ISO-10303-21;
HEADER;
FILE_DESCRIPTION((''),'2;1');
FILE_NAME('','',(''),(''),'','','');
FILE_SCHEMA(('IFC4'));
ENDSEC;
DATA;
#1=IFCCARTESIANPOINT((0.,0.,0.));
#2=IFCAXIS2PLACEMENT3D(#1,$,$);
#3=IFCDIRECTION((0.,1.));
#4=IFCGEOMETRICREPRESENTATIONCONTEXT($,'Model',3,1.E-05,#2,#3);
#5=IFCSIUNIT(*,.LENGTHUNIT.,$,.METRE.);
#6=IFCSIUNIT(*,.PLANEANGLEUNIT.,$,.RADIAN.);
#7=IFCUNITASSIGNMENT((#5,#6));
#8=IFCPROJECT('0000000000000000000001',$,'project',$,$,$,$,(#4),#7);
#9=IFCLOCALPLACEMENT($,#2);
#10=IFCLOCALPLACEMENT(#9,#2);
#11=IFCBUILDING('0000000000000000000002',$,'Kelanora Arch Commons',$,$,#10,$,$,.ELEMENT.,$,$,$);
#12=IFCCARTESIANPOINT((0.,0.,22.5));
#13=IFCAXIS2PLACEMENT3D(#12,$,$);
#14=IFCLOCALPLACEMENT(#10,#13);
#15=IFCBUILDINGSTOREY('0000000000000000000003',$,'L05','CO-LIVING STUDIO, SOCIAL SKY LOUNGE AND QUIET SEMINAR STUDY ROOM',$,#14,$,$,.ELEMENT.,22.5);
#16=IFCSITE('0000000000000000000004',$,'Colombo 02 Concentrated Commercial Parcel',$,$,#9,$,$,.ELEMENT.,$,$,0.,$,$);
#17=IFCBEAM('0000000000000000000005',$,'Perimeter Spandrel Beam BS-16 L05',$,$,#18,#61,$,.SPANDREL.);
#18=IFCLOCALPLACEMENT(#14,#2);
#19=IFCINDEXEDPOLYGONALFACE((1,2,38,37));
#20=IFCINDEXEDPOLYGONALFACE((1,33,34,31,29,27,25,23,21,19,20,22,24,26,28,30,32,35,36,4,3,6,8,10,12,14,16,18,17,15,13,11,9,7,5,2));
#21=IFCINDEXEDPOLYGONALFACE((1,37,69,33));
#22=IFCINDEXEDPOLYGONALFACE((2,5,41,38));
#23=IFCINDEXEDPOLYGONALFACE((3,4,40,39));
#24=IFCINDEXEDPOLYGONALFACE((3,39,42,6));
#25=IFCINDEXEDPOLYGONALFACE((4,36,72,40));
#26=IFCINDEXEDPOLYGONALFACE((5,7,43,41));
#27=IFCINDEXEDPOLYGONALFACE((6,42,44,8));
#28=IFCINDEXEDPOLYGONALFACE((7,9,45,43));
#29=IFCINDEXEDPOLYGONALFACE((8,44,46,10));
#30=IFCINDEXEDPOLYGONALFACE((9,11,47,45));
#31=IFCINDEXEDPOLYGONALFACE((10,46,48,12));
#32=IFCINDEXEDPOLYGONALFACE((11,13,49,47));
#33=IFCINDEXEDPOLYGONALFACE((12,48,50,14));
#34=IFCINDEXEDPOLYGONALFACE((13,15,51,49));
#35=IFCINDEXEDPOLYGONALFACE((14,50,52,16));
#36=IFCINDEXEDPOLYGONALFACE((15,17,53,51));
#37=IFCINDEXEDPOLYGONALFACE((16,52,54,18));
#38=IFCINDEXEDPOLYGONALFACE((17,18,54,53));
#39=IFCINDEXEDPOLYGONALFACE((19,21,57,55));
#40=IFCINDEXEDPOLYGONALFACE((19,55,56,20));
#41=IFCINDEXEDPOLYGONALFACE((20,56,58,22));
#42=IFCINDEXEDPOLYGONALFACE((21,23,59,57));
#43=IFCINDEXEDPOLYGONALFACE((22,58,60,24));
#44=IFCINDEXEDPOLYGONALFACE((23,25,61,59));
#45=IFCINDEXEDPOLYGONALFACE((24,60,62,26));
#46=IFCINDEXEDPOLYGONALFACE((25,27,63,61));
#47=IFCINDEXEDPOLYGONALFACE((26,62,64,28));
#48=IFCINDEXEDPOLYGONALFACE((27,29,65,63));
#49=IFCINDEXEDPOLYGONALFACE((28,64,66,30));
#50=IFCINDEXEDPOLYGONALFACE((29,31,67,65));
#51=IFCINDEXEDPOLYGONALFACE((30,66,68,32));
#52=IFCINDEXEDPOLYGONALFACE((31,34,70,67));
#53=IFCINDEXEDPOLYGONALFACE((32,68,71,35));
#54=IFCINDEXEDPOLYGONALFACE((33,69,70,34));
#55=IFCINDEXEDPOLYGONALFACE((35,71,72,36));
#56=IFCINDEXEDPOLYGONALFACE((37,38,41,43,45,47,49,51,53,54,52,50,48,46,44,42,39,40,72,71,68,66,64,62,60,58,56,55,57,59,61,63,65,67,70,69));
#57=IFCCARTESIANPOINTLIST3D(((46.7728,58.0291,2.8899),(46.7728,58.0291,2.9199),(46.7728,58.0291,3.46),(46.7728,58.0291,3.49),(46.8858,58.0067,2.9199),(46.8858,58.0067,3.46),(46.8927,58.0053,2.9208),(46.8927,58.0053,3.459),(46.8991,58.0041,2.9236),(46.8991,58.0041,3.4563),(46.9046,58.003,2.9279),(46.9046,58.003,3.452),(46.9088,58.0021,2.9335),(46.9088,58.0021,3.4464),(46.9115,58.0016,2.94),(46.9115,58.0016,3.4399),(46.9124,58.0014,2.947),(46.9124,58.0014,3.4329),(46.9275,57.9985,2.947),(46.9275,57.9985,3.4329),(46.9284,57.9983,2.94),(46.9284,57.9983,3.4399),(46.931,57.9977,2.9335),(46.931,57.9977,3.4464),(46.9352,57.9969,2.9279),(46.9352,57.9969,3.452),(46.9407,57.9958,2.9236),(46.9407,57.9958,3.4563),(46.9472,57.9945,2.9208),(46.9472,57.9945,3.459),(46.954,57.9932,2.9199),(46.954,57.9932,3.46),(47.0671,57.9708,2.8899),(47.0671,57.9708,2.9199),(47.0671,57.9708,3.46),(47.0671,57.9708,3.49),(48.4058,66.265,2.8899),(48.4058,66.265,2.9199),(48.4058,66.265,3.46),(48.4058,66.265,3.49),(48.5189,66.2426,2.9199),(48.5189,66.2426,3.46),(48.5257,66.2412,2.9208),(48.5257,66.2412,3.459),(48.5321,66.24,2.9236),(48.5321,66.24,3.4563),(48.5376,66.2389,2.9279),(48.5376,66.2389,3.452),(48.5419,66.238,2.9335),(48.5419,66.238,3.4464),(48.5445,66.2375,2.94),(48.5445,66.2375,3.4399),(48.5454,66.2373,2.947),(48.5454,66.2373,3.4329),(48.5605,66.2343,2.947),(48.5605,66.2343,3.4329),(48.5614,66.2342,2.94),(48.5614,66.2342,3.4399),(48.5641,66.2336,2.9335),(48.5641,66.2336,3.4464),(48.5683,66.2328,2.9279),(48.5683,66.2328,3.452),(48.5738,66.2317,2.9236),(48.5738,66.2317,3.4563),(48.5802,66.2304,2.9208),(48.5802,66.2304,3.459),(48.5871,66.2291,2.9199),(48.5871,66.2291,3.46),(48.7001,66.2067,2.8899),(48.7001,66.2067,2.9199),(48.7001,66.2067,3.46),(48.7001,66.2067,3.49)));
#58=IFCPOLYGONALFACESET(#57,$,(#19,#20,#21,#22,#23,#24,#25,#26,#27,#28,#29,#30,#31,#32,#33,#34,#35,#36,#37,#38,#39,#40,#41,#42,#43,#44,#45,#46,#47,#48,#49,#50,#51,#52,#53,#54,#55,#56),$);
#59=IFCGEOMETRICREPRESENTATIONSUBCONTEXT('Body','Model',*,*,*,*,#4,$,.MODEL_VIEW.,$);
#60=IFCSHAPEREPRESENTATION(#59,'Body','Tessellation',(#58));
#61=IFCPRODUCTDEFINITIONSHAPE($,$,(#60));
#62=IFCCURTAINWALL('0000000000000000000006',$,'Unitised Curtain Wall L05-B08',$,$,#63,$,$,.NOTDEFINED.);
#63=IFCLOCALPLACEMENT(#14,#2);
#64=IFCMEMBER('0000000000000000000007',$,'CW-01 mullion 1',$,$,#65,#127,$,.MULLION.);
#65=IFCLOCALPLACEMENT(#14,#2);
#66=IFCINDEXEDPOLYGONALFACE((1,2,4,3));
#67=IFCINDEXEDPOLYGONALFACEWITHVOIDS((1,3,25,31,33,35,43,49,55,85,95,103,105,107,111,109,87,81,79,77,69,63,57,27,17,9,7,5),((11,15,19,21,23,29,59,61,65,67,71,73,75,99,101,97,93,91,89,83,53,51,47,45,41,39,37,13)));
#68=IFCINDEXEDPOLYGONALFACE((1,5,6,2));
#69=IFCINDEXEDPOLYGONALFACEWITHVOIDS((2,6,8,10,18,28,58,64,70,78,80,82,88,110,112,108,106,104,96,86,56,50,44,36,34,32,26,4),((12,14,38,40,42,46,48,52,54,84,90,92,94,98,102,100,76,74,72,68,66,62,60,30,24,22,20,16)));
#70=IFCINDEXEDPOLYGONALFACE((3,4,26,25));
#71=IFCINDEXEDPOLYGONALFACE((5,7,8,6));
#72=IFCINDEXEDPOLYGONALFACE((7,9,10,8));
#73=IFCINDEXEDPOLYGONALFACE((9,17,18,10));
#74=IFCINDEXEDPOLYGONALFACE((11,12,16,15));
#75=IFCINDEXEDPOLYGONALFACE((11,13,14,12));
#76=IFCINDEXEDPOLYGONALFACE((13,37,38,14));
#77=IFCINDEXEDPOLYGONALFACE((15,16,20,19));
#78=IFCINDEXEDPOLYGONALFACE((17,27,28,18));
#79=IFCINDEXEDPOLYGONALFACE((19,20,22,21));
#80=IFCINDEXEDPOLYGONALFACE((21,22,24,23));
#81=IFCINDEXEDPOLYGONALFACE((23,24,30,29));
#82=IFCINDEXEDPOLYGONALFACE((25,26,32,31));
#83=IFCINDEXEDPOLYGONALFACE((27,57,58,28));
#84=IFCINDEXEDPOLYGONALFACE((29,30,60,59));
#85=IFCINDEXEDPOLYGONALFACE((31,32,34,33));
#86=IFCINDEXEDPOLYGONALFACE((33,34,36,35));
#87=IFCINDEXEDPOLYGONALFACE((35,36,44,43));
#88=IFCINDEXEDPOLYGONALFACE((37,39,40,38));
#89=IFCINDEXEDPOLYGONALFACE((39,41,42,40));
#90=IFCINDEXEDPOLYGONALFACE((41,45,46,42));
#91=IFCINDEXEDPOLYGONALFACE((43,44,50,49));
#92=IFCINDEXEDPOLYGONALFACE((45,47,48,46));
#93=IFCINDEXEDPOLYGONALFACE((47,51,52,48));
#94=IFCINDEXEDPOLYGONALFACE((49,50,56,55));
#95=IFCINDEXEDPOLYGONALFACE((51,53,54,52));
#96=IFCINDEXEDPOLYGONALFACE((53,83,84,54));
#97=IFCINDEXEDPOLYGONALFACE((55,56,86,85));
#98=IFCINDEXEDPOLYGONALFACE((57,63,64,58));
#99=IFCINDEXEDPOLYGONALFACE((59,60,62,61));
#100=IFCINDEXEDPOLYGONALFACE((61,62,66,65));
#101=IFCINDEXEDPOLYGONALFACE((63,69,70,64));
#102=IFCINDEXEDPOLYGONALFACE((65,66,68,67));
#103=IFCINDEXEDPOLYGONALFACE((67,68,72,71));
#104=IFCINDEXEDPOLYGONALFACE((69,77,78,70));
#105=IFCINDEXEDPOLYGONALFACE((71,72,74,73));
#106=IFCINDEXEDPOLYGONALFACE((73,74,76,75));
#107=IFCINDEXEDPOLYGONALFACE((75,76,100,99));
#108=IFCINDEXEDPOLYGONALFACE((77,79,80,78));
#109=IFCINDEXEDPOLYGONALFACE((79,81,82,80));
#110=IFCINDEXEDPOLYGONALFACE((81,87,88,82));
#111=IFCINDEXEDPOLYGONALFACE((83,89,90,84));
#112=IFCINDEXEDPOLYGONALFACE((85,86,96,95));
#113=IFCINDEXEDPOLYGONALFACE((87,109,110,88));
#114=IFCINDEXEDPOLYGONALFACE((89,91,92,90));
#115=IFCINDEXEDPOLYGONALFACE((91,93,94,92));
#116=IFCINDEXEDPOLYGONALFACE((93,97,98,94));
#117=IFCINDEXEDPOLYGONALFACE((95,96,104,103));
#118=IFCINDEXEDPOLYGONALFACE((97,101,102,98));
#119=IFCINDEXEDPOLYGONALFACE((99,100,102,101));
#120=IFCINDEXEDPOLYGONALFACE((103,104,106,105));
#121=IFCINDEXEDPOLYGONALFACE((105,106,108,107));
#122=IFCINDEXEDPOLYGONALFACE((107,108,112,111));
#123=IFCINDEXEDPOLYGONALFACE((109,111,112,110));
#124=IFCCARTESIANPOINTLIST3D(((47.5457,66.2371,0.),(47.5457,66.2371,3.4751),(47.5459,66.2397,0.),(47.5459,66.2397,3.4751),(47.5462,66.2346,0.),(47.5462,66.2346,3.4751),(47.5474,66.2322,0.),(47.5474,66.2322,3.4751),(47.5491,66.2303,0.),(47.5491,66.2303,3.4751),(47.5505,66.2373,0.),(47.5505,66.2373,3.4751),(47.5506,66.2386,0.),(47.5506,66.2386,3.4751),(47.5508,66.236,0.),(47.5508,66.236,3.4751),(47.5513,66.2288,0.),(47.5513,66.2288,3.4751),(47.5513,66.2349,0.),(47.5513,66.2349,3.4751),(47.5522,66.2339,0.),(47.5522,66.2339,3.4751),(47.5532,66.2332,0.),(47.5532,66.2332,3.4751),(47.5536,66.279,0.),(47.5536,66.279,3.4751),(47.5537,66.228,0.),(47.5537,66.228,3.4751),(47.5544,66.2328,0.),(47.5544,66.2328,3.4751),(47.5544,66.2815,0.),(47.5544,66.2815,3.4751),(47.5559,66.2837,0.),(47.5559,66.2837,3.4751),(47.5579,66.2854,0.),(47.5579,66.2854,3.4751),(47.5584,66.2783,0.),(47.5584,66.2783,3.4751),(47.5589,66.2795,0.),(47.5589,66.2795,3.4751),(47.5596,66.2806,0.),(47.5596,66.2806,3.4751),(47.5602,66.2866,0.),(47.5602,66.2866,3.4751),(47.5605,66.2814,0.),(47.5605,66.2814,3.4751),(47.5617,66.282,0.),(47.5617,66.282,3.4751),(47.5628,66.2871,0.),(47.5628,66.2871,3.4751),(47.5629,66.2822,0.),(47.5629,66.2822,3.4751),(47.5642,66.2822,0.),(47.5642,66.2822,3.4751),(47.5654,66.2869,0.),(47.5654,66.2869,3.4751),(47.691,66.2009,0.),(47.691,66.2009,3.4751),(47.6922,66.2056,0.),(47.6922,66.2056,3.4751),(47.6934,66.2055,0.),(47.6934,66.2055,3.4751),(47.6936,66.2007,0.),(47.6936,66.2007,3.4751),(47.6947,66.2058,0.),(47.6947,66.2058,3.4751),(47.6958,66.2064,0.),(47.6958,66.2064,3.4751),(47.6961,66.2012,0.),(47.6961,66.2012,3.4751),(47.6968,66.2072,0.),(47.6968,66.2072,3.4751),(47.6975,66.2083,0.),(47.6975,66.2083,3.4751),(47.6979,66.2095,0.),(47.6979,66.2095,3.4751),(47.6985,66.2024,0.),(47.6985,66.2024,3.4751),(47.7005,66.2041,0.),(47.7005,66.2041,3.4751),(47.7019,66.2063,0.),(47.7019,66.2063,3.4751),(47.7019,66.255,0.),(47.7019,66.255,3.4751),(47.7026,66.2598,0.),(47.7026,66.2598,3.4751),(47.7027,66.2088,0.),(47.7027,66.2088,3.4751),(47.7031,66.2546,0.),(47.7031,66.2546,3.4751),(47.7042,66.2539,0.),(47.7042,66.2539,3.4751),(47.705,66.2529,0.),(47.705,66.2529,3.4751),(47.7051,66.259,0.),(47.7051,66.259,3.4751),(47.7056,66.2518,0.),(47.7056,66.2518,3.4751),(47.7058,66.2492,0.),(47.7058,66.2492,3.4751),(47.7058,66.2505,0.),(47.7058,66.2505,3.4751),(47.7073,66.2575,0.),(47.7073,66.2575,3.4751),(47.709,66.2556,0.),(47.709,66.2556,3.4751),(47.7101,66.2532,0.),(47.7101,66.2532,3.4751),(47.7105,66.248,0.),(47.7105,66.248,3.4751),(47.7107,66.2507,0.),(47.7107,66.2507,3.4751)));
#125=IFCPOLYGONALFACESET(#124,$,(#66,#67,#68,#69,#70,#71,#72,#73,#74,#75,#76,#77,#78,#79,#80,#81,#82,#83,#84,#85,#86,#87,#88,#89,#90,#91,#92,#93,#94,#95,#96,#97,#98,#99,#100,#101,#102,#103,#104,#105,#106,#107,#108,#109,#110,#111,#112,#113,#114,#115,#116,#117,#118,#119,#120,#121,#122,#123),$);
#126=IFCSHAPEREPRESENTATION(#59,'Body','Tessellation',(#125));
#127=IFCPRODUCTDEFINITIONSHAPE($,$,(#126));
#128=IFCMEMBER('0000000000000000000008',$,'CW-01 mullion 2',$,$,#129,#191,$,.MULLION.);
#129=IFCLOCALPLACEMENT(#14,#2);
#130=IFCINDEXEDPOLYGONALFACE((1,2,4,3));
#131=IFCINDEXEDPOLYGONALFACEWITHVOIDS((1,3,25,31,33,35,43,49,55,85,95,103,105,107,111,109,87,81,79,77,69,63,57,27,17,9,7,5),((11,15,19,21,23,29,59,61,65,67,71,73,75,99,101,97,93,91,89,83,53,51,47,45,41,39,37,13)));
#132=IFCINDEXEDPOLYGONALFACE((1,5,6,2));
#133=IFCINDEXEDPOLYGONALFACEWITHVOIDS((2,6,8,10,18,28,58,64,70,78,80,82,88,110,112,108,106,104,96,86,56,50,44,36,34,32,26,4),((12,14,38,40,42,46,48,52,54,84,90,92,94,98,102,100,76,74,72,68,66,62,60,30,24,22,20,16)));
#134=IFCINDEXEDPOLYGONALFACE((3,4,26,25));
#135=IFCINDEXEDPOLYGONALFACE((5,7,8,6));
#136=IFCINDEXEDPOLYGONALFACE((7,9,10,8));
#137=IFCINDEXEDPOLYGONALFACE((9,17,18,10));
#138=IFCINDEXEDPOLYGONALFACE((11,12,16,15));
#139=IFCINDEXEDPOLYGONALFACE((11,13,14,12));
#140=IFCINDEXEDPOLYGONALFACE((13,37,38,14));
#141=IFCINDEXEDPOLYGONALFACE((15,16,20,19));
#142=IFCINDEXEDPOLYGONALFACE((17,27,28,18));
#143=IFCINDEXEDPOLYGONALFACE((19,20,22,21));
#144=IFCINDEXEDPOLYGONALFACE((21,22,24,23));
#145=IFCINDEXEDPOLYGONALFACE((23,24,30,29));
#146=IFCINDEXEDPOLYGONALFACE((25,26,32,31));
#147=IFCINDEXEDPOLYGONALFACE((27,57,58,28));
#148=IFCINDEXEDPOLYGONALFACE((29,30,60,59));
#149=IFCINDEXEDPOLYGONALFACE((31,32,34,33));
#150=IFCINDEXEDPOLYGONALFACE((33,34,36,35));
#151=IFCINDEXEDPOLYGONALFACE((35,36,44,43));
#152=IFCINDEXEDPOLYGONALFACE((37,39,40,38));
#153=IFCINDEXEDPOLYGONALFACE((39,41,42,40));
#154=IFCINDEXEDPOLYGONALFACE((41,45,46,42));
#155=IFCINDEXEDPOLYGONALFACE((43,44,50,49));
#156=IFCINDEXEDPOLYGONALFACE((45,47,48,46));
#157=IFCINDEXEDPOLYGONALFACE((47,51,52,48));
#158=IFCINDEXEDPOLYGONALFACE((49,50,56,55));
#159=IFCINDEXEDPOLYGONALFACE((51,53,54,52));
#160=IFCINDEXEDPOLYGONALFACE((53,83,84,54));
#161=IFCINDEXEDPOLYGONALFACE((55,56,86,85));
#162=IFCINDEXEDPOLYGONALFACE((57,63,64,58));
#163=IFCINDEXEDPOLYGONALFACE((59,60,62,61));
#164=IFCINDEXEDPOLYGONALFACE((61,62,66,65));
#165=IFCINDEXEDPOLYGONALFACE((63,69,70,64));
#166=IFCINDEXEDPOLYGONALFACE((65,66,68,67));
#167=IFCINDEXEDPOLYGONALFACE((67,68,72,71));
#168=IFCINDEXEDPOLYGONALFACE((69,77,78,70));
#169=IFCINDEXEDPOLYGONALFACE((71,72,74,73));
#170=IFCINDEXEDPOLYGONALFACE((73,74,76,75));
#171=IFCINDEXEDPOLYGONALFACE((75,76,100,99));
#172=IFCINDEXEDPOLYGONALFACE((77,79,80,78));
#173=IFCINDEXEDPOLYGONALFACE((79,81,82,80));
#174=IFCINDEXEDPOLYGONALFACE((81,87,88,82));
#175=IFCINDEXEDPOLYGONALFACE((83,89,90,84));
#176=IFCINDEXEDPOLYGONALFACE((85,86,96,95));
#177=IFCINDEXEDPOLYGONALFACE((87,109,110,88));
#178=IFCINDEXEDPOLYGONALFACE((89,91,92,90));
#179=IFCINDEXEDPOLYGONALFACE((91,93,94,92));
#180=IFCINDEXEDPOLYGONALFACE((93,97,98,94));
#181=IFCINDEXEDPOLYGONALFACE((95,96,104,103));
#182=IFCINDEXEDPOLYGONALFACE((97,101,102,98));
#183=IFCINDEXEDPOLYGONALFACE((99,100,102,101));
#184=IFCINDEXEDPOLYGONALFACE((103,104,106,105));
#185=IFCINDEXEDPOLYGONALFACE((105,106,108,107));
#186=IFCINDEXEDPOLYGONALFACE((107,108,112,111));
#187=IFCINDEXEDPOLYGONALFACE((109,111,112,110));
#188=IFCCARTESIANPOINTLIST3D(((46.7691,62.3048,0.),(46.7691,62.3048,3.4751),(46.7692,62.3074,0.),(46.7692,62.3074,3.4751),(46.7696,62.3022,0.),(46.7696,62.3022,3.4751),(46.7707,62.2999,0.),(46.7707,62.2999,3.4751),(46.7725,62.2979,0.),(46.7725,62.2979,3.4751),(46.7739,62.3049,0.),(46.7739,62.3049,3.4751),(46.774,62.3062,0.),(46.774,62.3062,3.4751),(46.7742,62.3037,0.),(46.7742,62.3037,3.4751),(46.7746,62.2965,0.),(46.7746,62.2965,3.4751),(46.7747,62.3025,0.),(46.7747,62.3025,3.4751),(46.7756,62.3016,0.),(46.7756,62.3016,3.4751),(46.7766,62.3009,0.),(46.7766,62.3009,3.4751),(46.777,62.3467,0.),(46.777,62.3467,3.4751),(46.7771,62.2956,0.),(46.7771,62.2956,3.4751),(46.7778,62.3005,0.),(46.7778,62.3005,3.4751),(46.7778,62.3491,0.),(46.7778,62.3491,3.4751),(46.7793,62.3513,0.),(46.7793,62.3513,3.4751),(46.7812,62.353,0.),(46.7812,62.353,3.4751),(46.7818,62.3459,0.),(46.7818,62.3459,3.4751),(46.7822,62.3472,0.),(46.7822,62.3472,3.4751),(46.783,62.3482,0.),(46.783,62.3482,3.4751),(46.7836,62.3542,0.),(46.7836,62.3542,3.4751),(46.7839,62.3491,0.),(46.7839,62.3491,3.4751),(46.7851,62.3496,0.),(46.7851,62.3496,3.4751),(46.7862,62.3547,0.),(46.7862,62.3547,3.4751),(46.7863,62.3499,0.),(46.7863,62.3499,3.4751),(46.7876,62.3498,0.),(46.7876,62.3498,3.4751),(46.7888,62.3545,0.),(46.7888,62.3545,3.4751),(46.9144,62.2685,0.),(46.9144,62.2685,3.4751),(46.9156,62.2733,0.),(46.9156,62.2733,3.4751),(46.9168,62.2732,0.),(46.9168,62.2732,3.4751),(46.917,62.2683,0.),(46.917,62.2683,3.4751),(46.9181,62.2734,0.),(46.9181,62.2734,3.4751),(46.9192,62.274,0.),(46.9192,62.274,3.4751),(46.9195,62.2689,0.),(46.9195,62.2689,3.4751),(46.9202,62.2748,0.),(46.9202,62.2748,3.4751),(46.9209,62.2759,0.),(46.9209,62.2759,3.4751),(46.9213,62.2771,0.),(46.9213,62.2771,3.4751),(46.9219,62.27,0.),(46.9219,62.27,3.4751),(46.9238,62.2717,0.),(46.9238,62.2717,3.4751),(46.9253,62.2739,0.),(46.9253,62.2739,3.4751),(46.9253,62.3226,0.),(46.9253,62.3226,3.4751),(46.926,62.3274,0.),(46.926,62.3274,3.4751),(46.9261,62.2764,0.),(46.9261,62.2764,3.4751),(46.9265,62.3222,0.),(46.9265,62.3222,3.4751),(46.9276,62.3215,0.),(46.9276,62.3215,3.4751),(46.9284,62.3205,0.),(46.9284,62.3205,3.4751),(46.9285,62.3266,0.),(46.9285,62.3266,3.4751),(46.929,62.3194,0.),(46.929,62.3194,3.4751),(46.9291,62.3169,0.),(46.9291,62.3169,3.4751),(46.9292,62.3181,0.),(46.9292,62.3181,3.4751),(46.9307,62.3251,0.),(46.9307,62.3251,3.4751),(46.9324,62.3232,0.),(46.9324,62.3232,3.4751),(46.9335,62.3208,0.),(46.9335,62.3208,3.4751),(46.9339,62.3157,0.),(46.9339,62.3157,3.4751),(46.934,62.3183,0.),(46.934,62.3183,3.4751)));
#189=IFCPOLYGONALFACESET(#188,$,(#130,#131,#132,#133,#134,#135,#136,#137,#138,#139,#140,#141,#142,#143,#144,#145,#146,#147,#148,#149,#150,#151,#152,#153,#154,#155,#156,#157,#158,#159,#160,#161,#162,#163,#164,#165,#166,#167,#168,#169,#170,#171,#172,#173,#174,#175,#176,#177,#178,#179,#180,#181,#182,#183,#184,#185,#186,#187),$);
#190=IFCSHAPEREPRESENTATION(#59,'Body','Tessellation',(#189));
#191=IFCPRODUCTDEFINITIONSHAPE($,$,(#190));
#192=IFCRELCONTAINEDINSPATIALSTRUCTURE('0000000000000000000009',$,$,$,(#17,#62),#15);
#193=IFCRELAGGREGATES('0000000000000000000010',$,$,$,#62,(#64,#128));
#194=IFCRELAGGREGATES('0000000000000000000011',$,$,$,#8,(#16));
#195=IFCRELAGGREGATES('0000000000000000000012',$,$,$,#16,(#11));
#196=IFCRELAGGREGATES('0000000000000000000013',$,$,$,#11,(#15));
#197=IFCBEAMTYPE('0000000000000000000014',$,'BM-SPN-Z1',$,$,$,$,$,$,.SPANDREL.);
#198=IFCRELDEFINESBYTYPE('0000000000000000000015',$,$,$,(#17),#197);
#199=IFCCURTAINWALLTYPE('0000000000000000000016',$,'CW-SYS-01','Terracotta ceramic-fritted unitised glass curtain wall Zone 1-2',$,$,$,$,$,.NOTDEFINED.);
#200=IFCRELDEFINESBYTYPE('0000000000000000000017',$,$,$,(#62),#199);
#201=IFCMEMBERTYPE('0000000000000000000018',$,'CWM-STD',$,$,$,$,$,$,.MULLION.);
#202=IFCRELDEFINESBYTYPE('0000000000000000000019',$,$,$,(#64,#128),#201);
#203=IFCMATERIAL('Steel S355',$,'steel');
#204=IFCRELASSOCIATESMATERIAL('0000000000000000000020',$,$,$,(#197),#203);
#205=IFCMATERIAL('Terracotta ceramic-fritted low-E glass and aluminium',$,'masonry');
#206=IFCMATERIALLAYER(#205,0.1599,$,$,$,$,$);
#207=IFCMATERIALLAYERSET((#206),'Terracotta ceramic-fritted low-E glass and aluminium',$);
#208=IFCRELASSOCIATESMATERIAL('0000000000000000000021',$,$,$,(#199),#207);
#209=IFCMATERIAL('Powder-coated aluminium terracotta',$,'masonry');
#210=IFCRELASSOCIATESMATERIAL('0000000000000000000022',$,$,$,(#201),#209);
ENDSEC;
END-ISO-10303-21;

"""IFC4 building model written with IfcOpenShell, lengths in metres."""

from ifc_helpers import new_model, si_unit, direction, frame, origin, origin_2d, place, context, subcontext, project, spatial, hollow_rectangle, i_section, extrude, material, layer, layer_set, material_profile, profile_set, type_object, element, aggregate, save


model = new_model("IFC4")

# Units and contexts
model_context = context("Model", 3, precision=1e-05, world=origin(), true_north=direction((0.0, 1.0)))
body_context = subcontext(model_context, "Body", "Model", "MODEL_VIEW")
ifc_project = project(units=[si_unit("LENGTHUNIT", "METRE"), si_unit("PLANEANGLEUNIT", "RADIAN")], contexts=[model_context])

# Site, building, storey
site_placement = place(None, origin())
site = spatial("IfcSite", under=ifc_project, at=site_placement, Name="Colombo 02 Concentrated Commercial Parcel", CompositionType="ELEMENT", RefElevation=0.0)
building_placement = place(site_placement, origin())
building = spatial("IfcBuilding", under=site, at=building_placement, Name="Kelanora Arch Commons", CompositionType="ELEMENT")
storey_placement = place(building_placement, frame((0.0, 0.0, 22.5)))
storey = spatial("IfcBuildingStorey", under=building, at=storey_placement, Name="L05", Description="CO-LIVING STUDIO, SOCIAL SKY LOUNGE AND QUIET SEMINAR STUDY ROOM", CompositionType="ELEMENT", Elevation=22.5)

# Beam
ifc_material_1 = material(Name="Steel S355", Category="steel")
ifc_material_profile_1 = material_profile(ifc_material_1, i_section(OverallWidth=0.3, OverallDepth=0.6001, WebThickness=0.0154, FlangeThickness=0.03, FilletRadius=0.0271, at=origin_2d()), Name="HEB600")
ifc_profile_set_1 = profile_set([ifc_material_profile_1], Name="Steel S355")
beam_type_1 = type_object("IfcBeamType", Name="BM-SPN-Z1", PredefinedType="SPANDREL", material=ifc_profile_set_1)
beam_1_placement = place(storey_placement, frame((48.553, 66.2358, 3.1899), z_axis=(-0.1945, -0.980903, 0.0), x_axis=(0.980903, -0.1945, 0.0)))
element("IfcBeam", 1, at=beam_1_placement, inside=storey, type_object=beam_type_1, Name="Perimeter Spandrel Beam BS-16 L05", PredefinedType="SPANDREL", context=body_context, shape_type="SweptSolid", body=[
    extrude(i_section(OverallWidth=0.3, OverallDepth=0.6001, WebThickness=0.0154, FlangeThickness=0.03, FilletRadius=0.0271, at=origin_2d()), origin(), (0.0, 0.0, 1.0), 8.3962),
])

# Curtain wall, members
ifc_material_2 = material(Name="Terracotta ceramic-fritted low-E glass and aluminium", Category="masonry")
ifc_layer_1 = layer(ifc_material_2, 0.1599)
ifc_layer_set_1 = layer_set([ifc_layer_1], Name="Terracotta ceramic-fritted low-E glass and aluminium")
curtain_wall_type = type_object("IfcCurtainWallType", Name="CW-SYS-01", Description="Terracotta ceramic-fritted unitised glass curtain wall Zone 1-2", PredefinedType="NOTDEFINED", material=ifc_layer_set_1)
curtain_wall_placement = place(storey_placement, origin())
curtain_wall = element("IfcCurtainWall", 2, at=curtain_wall_placement, inside=storey, type_object=curtain_wall_type, Name="Unitised Curtain Wall L05-B08", PredefinedType="NOTDEFINED")
ifc_material_3 = material(Name="Powder-coated aluminium terracotta", Category="masonry")
ifc_material_profile_2 = material_profile(ifc_material_3, hollow_rectangle(XDim=0.1599, YDim=0.0601, WallThickness=0.0049, InnerFilletRadius=0.0049, OuterFilletRadius=0.01, at=origin_2d()), Name="CWM160x60")
ifc_profile_set_2 = profile_set([ifc_material_profile_2], Name="Powder-coated aluminium terracotta")
member_type_1 = type_object("IfcMemberType", Name="CWM-STD", PredefinedType="MULLION", material=ifc_profile_set_2)
member_1_placement = place(storey_placement, frame((47.6282, 66.2439, 0.0), z_axis=(0.0, 0.0, 1.0), x_axis=(0.981052, -0.193744, 0.0)))
member_1 = element("IfcMember", 3, at=member_1_placement, type_object=member_type_1, Name="CW-01 mullion 1", PredefinedType="MULLION", context=body_context, shape_type="SweptSolid", body=[
    extrude(hollow_rectangle(XDim=0.1599, YDim=0.0601, WallThickness=0.0049, InnerFilletRadius=0.0049, OuterFilletRadius=0.01, at=origin_2d()), origin(), (0.0, 0.0, 1.0), 3.4751),
])
member_2_placement = place(storey_placement, frame((46.8516, 62.3115, 0.0), z_axis=(0.0, 0.0, 1.0), x_axis=(0.981052, -0.193744, 0.0)))
member_2 = element("IfcMember", 4, at=member_2_placement, type_object=member_type_1, Name="CW-01 mullion 2", PredefinedType="MULLION", context=body_context, shape_type="SweptSolid", body=[
    extrude(hollow_rectangle(XDim=0.1599, YDim=0.0601, WallThickness=0.0049, InnerFilletRadius=0.0049, OuterFilletRadius=0.01, at=origin_2d()), origin(), (0.0, 0.0, 1.0), 3.4751),
])
aggregate(curtain_wall, [member_1, member_2])

save(model, "model.ifc")
